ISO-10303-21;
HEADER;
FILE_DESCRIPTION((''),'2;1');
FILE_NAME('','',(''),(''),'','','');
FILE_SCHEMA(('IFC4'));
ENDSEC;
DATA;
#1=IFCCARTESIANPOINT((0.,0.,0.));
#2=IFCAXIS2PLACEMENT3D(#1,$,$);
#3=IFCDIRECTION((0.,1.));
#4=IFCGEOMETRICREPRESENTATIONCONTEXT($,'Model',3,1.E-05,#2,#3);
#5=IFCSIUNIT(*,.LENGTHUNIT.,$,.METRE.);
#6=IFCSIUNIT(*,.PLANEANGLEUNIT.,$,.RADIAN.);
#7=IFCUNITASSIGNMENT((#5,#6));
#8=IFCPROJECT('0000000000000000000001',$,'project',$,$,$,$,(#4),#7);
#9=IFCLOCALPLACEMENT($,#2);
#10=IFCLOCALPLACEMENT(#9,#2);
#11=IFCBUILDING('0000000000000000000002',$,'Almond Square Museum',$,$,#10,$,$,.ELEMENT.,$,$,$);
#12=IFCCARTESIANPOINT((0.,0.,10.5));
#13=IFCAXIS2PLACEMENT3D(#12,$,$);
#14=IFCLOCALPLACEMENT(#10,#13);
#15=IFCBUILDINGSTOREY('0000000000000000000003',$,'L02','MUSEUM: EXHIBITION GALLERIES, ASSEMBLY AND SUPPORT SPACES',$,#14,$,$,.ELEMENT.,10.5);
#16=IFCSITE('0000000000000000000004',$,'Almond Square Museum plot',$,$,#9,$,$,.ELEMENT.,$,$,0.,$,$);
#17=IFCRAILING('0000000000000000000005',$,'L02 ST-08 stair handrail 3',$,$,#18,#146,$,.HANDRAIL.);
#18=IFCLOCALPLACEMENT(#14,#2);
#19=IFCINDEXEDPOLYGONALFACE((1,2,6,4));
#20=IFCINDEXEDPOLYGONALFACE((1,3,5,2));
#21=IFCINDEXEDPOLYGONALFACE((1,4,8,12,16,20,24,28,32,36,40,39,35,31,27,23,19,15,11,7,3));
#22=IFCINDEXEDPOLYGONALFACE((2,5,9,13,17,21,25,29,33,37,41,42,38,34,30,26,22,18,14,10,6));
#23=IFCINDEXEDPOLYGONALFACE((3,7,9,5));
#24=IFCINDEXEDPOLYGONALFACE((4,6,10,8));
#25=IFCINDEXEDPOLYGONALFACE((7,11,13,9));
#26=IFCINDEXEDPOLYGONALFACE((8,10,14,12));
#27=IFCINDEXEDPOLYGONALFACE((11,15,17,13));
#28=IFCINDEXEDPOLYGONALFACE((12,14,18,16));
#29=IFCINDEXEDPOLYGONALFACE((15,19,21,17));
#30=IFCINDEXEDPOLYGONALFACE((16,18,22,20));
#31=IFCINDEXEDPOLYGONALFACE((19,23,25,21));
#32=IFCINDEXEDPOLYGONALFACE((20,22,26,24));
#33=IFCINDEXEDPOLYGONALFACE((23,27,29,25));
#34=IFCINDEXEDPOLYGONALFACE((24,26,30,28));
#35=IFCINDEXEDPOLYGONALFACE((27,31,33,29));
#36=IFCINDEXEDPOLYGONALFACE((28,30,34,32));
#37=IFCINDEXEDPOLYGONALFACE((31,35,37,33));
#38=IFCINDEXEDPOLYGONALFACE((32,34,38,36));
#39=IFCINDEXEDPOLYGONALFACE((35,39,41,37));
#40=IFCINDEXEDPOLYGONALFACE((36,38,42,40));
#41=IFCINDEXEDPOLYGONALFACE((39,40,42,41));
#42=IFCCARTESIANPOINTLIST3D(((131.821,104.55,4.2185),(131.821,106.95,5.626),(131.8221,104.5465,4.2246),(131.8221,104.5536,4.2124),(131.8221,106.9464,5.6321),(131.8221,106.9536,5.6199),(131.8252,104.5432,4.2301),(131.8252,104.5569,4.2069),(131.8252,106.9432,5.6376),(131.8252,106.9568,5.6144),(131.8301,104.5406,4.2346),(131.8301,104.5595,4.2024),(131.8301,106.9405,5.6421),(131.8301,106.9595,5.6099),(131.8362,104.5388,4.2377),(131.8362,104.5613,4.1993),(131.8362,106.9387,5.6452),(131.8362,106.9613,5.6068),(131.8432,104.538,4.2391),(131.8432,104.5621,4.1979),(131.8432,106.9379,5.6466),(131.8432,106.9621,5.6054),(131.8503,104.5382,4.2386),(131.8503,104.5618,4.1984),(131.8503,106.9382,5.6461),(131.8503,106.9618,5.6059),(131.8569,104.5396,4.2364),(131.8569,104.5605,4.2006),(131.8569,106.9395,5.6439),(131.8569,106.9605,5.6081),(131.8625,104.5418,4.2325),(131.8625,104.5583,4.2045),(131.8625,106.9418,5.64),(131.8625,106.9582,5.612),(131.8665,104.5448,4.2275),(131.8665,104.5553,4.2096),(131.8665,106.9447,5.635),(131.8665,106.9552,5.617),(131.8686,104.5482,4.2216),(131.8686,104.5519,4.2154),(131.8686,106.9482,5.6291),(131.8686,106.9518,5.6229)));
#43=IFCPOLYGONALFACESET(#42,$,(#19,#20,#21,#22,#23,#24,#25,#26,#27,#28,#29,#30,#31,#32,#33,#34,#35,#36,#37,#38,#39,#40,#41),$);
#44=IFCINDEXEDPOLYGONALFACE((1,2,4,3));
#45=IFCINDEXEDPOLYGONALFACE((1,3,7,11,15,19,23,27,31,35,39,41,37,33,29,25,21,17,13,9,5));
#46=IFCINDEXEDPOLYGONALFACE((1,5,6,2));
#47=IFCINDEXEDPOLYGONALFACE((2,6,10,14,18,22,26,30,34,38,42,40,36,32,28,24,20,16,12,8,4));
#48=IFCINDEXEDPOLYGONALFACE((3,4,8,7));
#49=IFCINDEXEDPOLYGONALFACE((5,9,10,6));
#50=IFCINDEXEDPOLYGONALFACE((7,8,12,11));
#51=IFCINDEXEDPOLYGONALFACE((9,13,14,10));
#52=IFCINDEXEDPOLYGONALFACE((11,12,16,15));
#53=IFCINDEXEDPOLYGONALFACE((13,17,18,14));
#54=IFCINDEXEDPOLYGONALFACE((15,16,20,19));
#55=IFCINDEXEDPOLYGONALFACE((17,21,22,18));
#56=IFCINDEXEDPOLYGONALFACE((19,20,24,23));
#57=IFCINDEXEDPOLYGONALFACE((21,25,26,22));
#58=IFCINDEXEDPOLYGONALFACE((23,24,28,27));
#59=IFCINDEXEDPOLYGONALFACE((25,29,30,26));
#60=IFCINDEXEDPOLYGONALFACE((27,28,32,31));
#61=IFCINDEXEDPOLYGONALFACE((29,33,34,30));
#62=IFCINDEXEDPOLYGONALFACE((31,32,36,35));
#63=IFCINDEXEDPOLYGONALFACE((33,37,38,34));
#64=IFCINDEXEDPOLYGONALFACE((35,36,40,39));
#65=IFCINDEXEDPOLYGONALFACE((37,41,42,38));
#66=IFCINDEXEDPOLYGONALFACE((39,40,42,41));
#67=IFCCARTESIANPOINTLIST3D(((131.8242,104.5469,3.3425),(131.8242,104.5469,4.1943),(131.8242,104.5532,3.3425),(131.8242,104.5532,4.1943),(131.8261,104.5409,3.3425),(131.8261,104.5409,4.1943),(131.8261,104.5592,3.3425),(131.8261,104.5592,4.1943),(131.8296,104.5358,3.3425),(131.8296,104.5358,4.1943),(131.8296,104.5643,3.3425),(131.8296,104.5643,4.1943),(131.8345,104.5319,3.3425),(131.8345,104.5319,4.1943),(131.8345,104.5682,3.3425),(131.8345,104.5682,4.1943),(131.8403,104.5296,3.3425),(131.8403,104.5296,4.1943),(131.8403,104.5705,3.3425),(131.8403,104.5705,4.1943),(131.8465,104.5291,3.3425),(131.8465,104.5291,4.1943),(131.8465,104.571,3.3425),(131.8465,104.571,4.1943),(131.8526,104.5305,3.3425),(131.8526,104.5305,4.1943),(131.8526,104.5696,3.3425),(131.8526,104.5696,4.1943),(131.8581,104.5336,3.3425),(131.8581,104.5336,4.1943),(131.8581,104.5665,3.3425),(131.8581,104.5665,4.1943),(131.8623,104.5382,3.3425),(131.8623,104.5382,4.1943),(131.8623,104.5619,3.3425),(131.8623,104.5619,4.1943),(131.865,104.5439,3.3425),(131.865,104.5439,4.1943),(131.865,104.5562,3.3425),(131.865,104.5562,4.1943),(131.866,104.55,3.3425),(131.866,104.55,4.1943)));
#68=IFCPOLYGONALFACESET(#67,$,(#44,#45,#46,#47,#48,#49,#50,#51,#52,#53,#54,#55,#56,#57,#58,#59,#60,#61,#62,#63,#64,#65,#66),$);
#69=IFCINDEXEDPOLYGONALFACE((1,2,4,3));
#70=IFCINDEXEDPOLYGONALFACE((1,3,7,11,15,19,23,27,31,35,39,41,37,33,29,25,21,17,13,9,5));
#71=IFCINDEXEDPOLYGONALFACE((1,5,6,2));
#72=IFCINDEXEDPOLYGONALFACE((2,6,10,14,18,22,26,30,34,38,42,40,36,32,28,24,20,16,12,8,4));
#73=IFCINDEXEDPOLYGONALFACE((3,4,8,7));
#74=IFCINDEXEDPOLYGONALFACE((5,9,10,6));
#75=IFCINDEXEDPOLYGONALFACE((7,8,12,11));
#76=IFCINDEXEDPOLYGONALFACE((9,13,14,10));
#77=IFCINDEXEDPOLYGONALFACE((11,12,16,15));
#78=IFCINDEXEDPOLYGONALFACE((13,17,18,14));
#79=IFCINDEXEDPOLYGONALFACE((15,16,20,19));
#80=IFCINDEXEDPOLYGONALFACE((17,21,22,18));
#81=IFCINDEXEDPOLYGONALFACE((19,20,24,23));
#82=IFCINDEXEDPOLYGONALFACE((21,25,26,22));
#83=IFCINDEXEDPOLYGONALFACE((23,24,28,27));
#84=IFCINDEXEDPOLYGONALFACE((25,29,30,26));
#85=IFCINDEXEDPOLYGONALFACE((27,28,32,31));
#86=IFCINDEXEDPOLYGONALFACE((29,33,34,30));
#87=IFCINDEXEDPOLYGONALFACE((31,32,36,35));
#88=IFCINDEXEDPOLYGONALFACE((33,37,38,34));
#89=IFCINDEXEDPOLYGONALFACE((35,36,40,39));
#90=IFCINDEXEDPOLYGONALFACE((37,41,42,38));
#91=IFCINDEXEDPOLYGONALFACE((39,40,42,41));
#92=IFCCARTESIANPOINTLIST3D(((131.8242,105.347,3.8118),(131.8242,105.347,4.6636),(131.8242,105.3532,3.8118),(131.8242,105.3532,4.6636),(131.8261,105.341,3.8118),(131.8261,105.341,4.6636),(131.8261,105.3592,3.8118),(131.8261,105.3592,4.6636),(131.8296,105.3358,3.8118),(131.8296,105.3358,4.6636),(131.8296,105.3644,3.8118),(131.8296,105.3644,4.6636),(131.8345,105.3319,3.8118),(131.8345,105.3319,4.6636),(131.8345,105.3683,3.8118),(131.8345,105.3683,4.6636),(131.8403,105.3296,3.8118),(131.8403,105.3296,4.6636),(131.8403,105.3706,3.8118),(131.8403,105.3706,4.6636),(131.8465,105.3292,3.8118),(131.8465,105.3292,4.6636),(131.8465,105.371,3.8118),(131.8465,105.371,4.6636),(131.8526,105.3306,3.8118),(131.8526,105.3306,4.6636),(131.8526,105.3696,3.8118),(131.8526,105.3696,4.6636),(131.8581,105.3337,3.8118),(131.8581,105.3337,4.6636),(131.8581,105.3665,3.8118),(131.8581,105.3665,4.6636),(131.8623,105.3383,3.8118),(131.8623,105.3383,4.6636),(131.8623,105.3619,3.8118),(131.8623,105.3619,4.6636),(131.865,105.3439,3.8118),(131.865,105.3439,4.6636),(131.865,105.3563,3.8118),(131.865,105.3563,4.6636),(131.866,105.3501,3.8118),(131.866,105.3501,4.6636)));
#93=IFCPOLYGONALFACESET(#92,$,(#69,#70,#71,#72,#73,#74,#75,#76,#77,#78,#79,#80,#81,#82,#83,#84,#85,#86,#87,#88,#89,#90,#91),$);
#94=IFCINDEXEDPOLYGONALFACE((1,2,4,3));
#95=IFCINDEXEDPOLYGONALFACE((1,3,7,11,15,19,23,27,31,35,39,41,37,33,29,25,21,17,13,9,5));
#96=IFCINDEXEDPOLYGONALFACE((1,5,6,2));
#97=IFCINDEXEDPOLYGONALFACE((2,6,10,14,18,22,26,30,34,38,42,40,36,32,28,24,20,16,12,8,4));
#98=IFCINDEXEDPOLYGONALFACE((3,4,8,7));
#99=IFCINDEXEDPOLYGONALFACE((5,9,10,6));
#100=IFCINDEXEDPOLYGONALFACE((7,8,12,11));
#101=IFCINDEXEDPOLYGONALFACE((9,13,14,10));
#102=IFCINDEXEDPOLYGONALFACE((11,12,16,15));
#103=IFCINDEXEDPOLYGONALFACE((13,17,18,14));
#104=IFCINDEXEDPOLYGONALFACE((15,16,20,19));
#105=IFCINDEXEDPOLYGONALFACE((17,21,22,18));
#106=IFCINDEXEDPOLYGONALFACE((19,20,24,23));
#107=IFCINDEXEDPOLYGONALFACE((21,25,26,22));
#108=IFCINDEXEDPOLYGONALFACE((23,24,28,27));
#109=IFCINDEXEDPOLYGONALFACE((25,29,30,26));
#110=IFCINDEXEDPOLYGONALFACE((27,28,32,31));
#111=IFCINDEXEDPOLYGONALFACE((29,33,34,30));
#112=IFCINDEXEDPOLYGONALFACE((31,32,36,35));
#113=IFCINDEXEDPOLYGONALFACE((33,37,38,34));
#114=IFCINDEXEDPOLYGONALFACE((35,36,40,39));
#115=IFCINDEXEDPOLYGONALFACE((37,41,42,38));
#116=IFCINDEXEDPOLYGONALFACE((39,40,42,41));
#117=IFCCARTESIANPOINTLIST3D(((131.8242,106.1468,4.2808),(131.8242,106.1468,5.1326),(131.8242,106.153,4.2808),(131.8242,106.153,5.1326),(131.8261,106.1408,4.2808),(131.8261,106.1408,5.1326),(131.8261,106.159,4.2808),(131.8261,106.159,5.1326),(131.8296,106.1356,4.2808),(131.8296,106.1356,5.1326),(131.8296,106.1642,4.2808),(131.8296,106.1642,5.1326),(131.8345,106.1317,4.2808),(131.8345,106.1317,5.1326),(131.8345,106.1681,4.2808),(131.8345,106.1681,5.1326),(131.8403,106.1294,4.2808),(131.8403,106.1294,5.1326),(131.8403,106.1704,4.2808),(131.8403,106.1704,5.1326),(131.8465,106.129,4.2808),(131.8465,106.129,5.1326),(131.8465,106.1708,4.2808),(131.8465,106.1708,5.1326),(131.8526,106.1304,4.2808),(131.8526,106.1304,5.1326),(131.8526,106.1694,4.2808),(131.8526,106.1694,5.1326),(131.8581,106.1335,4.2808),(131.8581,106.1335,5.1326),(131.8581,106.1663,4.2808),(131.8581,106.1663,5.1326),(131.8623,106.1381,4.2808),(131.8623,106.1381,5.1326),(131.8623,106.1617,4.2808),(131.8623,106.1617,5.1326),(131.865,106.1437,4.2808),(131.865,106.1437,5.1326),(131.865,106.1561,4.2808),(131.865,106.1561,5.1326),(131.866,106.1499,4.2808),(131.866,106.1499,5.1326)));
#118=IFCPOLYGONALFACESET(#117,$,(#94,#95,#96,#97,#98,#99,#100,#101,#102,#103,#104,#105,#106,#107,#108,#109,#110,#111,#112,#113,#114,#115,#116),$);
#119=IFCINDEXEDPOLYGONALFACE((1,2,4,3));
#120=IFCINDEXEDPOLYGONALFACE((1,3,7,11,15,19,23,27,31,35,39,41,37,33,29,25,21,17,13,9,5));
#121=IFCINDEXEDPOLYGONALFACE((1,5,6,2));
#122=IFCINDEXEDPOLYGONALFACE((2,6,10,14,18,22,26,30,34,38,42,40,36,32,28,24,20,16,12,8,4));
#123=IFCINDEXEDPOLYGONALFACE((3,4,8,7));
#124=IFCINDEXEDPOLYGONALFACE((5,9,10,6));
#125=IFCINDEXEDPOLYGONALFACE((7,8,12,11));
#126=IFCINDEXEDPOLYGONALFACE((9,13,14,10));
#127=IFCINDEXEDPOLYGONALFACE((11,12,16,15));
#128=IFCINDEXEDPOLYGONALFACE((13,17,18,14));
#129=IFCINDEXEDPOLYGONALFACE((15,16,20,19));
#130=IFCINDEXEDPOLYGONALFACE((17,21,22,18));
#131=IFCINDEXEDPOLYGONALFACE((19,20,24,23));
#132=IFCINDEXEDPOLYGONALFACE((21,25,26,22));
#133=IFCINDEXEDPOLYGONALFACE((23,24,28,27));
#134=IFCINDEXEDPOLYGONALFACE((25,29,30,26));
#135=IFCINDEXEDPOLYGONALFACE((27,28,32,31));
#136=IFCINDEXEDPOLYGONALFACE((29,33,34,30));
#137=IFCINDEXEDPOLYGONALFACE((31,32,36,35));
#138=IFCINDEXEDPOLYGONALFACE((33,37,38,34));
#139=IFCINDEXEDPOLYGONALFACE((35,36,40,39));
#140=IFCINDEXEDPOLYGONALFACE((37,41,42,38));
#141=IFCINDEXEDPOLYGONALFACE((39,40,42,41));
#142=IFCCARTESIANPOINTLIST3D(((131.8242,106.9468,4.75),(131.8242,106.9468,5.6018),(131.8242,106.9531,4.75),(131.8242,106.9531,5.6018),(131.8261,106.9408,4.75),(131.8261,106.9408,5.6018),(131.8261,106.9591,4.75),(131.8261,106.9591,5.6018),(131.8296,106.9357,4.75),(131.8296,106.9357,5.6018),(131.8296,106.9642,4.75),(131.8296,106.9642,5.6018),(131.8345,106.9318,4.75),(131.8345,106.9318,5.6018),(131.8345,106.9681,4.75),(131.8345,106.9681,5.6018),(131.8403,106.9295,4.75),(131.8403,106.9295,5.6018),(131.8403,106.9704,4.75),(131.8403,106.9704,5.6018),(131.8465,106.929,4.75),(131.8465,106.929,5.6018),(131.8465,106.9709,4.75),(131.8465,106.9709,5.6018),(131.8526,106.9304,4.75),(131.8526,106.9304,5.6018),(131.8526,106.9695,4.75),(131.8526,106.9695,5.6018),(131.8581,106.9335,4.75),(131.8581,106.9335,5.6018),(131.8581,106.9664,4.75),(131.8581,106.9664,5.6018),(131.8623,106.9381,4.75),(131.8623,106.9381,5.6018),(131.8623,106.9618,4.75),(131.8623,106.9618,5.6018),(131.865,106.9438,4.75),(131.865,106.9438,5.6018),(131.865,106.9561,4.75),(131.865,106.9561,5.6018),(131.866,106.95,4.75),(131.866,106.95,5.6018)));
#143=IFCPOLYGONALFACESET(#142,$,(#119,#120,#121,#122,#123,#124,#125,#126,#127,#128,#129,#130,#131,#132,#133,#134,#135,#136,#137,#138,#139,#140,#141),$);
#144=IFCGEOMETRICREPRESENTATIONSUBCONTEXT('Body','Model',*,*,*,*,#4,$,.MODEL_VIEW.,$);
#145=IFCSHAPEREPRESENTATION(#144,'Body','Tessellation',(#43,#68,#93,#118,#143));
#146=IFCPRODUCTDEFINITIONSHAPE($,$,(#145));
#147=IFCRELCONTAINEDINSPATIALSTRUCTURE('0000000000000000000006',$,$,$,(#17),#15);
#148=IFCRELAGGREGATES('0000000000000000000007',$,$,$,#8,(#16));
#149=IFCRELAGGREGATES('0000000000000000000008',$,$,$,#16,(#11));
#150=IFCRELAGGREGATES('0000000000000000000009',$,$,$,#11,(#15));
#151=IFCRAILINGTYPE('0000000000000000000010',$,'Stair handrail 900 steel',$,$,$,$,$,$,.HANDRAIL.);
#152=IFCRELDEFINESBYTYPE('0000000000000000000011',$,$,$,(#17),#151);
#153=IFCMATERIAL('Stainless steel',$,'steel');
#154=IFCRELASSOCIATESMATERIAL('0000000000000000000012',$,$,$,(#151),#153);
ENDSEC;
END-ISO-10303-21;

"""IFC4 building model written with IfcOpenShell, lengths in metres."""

from ifc_helpers import new_model, si_unit, direction, frame, origin, origin_2d, place, context, subcontext, project, spatial, circle, extrude, material, type_object, element, save


model = new_model("IFC4")

# Units and contexts
model_context = context("Model", 3, precision=1e-05, world=origin(), true_north=direction((0.0, 1.0)))
body_context = subcontext(model_context, "Body", "Model", "MODEL_VIEW")
ifc_project = project(units=[si_unit("LENGTHUNIT", "METRE"), si_unit("PLANEANGLEUNIT", "RADIAN")], contexts=[model_context])

# Site, building, storey
site_placement = place(None, origin())
site = spatial("IfcSite", under=ifc_project, at=site_placement, Name="Almond Square Museum plot", CompositionType="ELEMENT", RefElevation=0.0)
building_placement = place(site_placement, origin())
building = spatial("IfcBuilding", under=site, at=building_placement, Name="Almond Square Museum", CompositionType="ELEMENT")
storey_placement = place(building_placement, frame((0.0, 0.0, 10.5)))
storey = spatial("IfcBuildingStorey", under=building, at=storey_placement, Name="L02", Description="MUSEUM: EXHIBITION GALLERIES, ASSEMBLY AND SUPPORT SPACES", CompositionType="ELEMENT", Elevation=10.5)

# Railing
ifc_material_1 = material(Name="Stainless steel", Category="steel")
railing_type_1 = type_object("IfcRailingType", Name="Stair handrail 900 steel", PredefinedType="HANDRAIL", material=ifc_material_1)
railing_1_placement = place(storey_placement, frame((131.845, 104.55, 3.3425)))
element("IfcRailing", 1, at=railing_1_placement, inside=storey, type_object=railing_type_1, Name="L02 ST-08 stair handrail 3", PredefinedType="HANDRAIL", context=body_context, shape_type="SweptSolid", body=[
    extrude(circle(Radius=0.0239, at=origin_2d()), frame((0.0, 0.0, 0.876), z_axis=(0.0, 0.862599, 0.505888), x_axis=(-1.0, 0.0, 0.0)), (0.0, 0.0, 1.0), 2.7822),
    extrude(circle(Radius=0.021, at=origin_2d()), origin(), (0.0, 0.0, 1.0), 0.8518),
    extrude(circle(Radius=0.021, at=origin_2d()), frame((0.0, 0.8, 0.4692)), (0.0, 0.0, 1.0), 0.8518),
    extrude(circle(Radius=0.021, at=origin_2d()), frame((0.0, 1.5999, 0.9382)), (0.0, 0.0, 1.0), 0.8518),
    extrude(circle(Radius=0.021, at=origin_2d()), frame((0.0, 2.3999, 1.4075)), (0.0, 0.0, 1.0), 0.8518),
])

save(model, "model.ifc")
